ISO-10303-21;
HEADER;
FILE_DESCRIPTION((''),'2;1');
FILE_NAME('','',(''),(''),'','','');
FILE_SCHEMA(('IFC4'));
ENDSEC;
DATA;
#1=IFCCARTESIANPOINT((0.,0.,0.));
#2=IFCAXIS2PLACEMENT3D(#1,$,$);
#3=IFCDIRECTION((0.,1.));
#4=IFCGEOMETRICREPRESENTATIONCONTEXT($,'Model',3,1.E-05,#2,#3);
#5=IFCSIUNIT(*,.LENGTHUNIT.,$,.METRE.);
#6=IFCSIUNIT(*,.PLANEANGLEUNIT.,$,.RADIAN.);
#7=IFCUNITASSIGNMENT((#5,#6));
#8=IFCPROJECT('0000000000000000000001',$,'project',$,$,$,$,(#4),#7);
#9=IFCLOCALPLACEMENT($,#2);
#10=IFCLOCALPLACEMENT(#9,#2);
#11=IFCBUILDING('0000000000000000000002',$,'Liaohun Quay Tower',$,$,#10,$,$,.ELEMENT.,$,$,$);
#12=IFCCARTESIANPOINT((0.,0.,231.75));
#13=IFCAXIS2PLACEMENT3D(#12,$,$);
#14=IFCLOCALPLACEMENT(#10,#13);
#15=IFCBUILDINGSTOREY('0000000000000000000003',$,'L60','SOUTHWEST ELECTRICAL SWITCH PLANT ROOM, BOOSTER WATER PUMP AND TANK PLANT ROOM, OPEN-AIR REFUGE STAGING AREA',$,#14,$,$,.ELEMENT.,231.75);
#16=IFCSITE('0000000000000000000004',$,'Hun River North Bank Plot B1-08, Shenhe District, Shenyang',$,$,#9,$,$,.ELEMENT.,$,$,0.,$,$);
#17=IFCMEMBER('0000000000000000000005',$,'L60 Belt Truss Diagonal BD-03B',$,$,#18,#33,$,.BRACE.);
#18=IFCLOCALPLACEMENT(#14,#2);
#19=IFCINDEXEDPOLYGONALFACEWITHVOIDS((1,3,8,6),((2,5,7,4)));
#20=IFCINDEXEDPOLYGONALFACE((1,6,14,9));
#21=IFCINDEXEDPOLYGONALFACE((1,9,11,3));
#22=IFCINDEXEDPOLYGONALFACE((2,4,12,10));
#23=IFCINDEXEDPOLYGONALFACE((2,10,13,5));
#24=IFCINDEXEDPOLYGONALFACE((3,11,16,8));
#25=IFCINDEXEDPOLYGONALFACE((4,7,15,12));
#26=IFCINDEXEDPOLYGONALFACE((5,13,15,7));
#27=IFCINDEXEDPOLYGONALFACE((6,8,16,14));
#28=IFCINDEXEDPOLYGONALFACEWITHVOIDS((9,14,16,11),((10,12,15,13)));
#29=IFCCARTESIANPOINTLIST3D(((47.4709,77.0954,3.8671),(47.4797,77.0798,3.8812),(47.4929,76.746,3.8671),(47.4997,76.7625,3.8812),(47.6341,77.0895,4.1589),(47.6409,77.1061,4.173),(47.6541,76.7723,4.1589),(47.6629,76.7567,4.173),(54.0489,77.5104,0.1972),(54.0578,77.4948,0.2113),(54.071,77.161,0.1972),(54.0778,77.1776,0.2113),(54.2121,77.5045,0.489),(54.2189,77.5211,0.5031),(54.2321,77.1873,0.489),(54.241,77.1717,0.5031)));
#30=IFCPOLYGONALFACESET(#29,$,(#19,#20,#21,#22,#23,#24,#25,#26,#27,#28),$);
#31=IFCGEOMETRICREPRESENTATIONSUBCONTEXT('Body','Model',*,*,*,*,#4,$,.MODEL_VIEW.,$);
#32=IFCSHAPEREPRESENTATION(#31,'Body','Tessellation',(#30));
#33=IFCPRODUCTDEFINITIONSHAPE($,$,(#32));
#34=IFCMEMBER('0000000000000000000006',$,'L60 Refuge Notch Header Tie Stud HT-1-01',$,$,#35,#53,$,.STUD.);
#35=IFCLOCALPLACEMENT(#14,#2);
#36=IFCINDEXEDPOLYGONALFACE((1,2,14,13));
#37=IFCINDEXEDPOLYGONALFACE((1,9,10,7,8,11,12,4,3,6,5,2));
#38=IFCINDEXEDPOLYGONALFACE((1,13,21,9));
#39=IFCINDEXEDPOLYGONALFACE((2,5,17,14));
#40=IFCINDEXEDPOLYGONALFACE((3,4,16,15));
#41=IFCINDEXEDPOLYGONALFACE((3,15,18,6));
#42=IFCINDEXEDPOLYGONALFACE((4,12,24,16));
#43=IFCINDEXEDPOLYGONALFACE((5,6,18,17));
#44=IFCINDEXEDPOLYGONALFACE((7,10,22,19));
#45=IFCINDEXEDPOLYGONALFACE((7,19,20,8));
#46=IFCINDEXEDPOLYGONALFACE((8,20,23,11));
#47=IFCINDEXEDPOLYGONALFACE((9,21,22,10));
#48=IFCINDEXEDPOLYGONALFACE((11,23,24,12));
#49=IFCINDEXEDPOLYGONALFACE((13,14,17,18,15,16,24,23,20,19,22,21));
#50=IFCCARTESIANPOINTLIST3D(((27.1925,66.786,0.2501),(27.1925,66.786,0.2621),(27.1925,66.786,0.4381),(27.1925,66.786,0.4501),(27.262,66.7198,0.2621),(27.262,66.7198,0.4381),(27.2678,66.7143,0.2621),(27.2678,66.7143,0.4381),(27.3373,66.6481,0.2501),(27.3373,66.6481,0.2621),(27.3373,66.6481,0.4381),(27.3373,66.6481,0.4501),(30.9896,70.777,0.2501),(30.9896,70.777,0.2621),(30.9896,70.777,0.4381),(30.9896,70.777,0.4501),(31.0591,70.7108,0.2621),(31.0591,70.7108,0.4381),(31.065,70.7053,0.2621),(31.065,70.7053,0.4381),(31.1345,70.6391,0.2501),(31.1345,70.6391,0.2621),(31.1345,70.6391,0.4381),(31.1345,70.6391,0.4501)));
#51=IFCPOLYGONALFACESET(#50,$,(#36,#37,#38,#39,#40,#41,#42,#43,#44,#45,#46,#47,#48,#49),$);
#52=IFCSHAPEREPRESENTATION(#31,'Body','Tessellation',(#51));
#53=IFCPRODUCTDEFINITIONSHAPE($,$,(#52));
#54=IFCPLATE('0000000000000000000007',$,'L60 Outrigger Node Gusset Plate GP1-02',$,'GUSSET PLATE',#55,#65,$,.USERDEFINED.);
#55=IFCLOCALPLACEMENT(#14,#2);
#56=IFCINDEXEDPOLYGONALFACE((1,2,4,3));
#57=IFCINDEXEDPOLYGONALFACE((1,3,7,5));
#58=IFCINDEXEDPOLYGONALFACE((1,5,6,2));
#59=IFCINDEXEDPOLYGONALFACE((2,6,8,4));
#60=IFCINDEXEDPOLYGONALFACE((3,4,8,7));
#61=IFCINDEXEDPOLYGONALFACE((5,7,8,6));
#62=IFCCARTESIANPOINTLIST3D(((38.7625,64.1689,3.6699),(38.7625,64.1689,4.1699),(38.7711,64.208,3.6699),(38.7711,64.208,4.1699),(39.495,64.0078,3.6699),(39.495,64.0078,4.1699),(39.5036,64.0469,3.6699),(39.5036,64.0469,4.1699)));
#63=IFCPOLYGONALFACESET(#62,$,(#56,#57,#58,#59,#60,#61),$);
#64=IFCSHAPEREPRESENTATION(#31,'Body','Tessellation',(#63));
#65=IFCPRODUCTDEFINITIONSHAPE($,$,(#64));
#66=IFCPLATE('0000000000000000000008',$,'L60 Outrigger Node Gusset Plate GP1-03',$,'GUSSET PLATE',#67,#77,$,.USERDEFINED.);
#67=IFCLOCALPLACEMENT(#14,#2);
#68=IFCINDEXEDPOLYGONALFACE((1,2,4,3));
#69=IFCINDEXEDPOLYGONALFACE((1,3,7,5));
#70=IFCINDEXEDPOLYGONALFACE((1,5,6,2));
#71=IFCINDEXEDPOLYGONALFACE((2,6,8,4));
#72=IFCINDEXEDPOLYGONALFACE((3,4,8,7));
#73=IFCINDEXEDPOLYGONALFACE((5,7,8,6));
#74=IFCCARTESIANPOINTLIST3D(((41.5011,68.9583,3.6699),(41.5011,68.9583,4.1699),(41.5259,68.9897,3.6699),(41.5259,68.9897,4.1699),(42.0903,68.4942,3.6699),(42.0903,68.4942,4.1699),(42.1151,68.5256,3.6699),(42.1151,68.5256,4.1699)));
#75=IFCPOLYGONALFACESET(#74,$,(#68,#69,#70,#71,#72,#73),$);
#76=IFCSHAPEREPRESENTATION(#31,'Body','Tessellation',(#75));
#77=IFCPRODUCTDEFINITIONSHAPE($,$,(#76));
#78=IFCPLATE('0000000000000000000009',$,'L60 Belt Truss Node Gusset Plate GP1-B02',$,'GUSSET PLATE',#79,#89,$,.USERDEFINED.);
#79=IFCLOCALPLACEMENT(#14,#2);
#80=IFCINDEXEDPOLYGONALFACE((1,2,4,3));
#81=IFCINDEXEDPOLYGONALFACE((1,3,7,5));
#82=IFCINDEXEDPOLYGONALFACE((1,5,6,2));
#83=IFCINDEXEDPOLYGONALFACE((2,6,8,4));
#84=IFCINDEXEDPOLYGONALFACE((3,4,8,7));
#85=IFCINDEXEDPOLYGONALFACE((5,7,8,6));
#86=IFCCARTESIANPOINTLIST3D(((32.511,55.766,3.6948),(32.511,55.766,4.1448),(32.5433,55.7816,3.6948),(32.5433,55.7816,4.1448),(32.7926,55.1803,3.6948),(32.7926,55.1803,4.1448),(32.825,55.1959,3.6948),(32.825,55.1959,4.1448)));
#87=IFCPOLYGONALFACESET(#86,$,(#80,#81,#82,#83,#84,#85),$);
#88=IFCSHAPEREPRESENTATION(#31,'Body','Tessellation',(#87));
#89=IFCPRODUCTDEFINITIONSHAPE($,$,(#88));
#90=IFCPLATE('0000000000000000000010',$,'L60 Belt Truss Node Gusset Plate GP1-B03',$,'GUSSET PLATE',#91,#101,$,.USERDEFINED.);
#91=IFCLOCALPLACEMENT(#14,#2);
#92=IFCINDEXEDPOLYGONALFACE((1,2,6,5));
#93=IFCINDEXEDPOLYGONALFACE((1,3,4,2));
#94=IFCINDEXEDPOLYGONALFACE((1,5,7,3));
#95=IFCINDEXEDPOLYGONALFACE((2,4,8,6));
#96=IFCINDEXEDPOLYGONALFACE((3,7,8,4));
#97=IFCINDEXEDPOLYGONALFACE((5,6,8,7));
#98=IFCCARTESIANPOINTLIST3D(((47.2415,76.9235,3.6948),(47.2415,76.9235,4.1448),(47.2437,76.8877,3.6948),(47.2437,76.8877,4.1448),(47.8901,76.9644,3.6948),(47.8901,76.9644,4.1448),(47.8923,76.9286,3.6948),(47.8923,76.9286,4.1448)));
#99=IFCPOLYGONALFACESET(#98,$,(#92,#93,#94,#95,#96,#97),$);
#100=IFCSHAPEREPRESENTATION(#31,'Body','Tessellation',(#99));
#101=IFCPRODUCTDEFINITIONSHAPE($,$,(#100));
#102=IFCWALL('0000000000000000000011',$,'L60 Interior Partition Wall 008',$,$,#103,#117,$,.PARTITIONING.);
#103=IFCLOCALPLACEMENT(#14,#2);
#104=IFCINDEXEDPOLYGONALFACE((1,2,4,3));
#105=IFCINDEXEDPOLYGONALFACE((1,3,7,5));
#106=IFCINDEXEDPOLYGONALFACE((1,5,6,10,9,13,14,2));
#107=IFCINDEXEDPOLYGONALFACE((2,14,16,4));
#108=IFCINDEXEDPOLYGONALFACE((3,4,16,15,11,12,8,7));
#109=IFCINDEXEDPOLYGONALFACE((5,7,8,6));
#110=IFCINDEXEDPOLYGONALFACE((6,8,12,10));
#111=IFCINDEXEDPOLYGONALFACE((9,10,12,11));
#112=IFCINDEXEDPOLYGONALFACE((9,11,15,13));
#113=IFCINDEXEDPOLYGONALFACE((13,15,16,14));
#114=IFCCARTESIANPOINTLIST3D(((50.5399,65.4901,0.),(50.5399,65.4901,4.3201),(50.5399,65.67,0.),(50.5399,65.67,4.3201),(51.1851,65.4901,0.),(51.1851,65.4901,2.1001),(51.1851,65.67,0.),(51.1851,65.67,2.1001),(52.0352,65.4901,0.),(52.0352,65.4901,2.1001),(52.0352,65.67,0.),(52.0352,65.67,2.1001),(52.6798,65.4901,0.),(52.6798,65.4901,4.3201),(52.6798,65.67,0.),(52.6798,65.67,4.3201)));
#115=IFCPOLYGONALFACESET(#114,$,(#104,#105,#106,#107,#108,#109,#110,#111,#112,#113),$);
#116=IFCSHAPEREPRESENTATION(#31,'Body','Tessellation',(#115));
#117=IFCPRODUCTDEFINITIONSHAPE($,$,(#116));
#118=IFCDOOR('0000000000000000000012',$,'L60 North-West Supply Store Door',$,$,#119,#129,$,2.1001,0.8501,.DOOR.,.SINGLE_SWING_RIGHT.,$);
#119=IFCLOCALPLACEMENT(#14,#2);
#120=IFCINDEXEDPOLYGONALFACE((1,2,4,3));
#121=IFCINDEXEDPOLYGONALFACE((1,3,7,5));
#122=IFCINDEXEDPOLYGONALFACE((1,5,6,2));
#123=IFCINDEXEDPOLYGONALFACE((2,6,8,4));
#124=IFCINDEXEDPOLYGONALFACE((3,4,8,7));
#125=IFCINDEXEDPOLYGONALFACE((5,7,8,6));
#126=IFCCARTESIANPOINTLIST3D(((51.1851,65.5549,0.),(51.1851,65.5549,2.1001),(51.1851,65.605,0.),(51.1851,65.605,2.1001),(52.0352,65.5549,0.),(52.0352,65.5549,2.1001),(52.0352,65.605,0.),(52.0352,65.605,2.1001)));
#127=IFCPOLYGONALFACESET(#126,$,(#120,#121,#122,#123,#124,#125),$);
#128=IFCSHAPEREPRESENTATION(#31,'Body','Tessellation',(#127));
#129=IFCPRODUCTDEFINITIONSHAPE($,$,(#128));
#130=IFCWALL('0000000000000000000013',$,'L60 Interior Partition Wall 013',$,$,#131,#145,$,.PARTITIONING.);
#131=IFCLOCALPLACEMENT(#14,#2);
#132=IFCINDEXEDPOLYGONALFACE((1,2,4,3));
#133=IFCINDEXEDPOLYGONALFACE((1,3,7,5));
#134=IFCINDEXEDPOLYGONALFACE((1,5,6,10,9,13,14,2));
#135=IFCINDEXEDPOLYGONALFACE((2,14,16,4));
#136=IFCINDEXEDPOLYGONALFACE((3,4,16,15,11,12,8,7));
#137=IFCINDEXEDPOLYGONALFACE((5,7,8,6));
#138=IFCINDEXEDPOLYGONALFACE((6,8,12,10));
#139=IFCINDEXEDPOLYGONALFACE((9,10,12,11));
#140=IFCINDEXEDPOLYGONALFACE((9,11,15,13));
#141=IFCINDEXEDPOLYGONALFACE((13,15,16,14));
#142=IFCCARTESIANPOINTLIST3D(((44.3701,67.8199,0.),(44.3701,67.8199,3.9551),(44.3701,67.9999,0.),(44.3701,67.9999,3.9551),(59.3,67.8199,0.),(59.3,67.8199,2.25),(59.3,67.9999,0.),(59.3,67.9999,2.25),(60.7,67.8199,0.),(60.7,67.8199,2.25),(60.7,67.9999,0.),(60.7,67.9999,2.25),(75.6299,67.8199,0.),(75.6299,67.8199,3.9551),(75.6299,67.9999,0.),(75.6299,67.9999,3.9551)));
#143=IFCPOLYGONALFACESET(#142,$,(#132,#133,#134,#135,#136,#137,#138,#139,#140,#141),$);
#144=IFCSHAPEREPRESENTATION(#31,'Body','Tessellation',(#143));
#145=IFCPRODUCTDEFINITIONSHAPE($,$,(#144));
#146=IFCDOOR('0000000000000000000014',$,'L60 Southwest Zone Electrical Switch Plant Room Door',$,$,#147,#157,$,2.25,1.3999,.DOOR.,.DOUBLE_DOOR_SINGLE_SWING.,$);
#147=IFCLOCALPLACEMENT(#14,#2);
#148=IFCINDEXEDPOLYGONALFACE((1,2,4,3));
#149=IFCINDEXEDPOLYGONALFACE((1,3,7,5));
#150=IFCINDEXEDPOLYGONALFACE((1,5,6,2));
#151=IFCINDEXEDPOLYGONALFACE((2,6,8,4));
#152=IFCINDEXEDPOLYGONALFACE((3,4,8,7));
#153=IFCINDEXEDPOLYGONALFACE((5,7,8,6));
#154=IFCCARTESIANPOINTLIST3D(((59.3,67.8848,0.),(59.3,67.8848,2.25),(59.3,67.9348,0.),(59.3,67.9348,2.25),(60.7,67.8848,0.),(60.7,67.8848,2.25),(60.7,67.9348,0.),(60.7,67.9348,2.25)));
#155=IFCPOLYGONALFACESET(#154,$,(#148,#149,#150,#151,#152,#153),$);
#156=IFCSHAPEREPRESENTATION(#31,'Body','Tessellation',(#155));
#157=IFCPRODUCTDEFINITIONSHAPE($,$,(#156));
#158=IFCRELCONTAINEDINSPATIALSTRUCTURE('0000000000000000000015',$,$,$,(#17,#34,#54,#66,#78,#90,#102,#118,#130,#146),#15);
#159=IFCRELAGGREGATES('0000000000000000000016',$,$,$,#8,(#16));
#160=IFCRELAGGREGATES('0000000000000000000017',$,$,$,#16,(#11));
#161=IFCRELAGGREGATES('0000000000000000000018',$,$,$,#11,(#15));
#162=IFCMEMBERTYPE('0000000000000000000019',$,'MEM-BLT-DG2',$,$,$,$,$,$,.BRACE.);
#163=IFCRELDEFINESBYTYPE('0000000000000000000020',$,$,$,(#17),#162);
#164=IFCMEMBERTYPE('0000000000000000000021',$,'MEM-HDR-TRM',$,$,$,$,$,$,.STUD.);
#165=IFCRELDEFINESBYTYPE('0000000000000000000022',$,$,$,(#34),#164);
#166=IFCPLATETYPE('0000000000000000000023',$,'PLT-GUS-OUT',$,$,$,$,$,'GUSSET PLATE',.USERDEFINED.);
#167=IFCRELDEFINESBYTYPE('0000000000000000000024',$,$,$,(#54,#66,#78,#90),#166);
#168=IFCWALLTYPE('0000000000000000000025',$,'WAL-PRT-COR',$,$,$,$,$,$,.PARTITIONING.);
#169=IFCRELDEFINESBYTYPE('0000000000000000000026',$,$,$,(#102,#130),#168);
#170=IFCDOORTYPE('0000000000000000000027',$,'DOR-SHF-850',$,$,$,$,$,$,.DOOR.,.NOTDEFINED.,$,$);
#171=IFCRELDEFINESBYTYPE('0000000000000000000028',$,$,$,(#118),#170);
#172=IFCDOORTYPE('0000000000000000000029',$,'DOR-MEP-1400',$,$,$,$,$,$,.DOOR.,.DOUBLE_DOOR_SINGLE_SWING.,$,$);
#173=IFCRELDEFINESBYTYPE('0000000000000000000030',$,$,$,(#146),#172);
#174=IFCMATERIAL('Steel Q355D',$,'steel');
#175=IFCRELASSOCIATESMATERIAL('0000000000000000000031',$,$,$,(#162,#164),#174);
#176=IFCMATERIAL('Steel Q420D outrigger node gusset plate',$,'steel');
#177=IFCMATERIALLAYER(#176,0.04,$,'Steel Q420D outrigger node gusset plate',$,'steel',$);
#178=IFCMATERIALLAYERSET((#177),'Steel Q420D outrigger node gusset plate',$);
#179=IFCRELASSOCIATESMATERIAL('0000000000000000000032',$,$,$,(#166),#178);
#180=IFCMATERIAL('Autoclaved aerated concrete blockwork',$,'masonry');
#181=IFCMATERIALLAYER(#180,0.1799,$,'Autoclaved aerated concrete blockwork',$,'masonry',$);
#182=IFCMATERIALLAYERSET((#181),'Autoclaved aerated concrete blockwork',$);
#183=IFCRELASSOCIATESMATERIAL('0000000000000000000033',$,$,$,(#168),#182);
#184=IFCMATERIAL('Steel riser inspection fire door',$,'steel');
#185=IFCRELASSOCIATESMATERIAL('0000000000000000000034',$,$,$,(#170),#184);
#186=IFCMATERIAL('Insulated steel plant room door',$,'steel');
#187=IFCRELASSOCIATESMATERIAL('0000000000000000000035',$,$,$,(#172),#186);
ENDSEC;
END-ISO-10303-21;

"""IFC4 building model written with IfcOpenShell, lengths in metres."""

from ifc_helpers import new_model, si_unit, direction, frame, frame_2d, origin, origin_2d, place, context, subcontext, project, spatial, rectangle, hollow_rectangle, i_section, extrude, source, transform, mapped, material, layer, layer_set, material_profile, profile_set, type_object, element, fill, save


model = new_model("IFC4")

# Units and contexts
model_context = context("Model", 3, precision=1e-05, world=origin(), true_north=direction((0.0, 1.0)))
body_context = subcontext(model_context, "Body", "Model", "MODEL_VIEW")
ifc_project = project(units=[si_unit("LENGTHUNIT", "METRE"), si_unit("PLANEANGLEUNIT", "RADIAN")], contexts=[model_context])

# Site, building, storey
site_placement = place(None, origin())
site = spatial("IfcSite", under=ifc_project, at=site_placement, Name="Hun River North Bank Plot B1-08, Shenhe District, Shenyang", CompositionType="ELEMENT", RefElevation=0.0)
building_placement = place(site_placement, origin())
building = spatial("IfcBuilding", under=site, at=building_placement, Name="Liaohun Quay Tower", CompositionType="ELEMENT")
storey_placement = place(building_placement, frame((0.0, 0.0, 231.75)))
storey = spatial("IfcBuildingStorey", under=building, at=storey_placement, Name="L60", Description="SOUTHWEST ELECTRICAL SWITCH PLANT ROOM, BOOSTER WATER PUMP AND TANK PLANT ROOM, OPEN-AIR REFUGE STAGING AREA", CompositionType="ELEMENT", Elevation=231.75)

# Shared definitions
ifc_material_1 = material(Name="Steel Q355D", Category="steel")

# Members
ifc_material_profile_1 = material_profile(ifc_material_1, hollow_rectangle(XDim=0.3501, YDim=0.3501, WallThickness=0.0161, at=origin_2d()), Name="SHS350x350x16")
ifc_profile_set_1 = profile_set([ifc_material_profile_1], Name="Steel Q355D")
member_type_1 = type_object("IfcMemberType", Name="MEM-BLT-DG2", PredefinedType="BRACE", material=ifc_profile_set_1)
shared_shape_1 = source(origin(), body_context, "Body", "SweptSolid", [
    extrude(hollow_rectangle(XDim=0.3501, YDim=0.3501, WallThickness=0.0161, at=origin_2d()), origin(), (0.0, 0.0, 1.0), 7.5439),
])
member_1_placement = place(storey_placement, frame((47.5669, 76.926, 4.02), z_axis=(0.871965, 0.055016, -0.486467), x_axis=(-0.062969, 0.998016, 0.0)))
element("IfcMember", 1, at=member_1_placement, inside=storey, type_object=member_type_1, Name="L60 Belt Truss Diagonal BD-03B", PredefinedType="BRACE", context=body_context, shape_type="MappedRepresentation", body=[
    mapped(shared_shape_1, transform((0.0, 0.0, 0.0), x_axis=(1.0, 0.0, 0.0), y_axis=(0.0, 1.0, 0.0), z_axis=(0.0, 0.0, 1.0), scale=1.0)),
])
ifc_material_profile_2 = material_profile(ifc_material_1, i_section(OverallWidth=0.2, OverallDepth=0.2, WebThickness=0.0081, FlangeThickness=0.012, at=origin_2d()), Name="HW200x200x8x12")
ifc_profile_set_2 = profile_set([ifc_material_profile_2], Name="Steel Q355D")
member_type_2 = type_object("IfcMemberType", Name="MEM-HDR-TRM", PredefinedType="STUD", material=ifc_profile_set_2)
shared_shape_2 = source(origin(), body_context, "Body", "SweptSolid", [
    extrude(i_section(OverallWidth=0.2, OverallDepth=0.2, WebThickness=0.0081, FlangeThickness=0.012, at=origin_2d()), origin(), (0.0, 0.0, 1.0), 5.5088),
])
member_2_placement = place(storey_placement, frame((27.2649, 66.717, 0.3501), z_axis=(0.689293, 0.724482, 0.0), x_axis=(-0.724482, 0.689293, 0.0)))
element("IfcMember", 2, at=member_2_placement, inside=storey, type_object=member_type_2, Name="L60 Refuge Notch Header Tie Stud HT-1-01", PredefinedType="STUD", context=body_context, shape_type="MappedRepresentation", body=[
    mapped(shared_shape_2, transform((0.0, 0.0, 0.0), x_axis=(1.0, 0.0, 0.0), y_axis=(0.0, 1.0, 0.0), z_axis=(0.0, 0.0, 1.0), scale=1.0)),
])

# Plates
ifc_material_2 = material(Name="Steel Q420D outrigger node gusset plate", Category="steel")
ifc_layer_1 = layer(ifc_material_2, 0.04, Name="Steel Q420D outrigger node gusset plate", Category="steel")
ifc_layer_set_1 = layer_set([ifc_layer_1], Name="Steel Q420D outrigger node gusset plate")
plate_type = type_object("IfcPlateType", Name="PLT-GUS-OUT", ElementType="GUSSET PLATE", PredefinedType="USERDEFINED", material=ifc_layer_set_1)
shared_shape_3 = source(origin(), body_context, "Body", "SweptSolid", [
    extrude(rectangle(XDim=0.75, YDim=0.04, at=origin_2d()), origin(), (0.0, 0.0, 1.0), 0.5),
])
for number, where, z_axis, x_axis, name in (
    (3, (39.1331, 64.1079, 3.6699), (0.0, 0.0, 1.0), (-0.976672, 0.214735, 0.0), "L60 Outrigger Node Gusset Plate GP1-02"),
    (4, (41.8081, 68.7419, 3.6699), (0.0, 0.0, 1.0), (-0.785533, 0.61882, 0.0), "L60 Outrigger Node Gusset Plate GP1-03"),
):
    element("IfcPlate", number, at=place(storey_placement, frame(where, z_axis=z_axis, x_axis=x_axis)), inside=storey, type_object=plate_type, Name=name, ObjectType="GUSSET PLATE", PredefinedType="USERDEFINED", context=body_context, shape_type="MappedRepresentation", body=[
        mapped(shared_shape_3, transform((0.0, 0.0, 0.0), x_axis=(1.0, 0.0, 0.0), y_axis=(0.0, 1.0, 0.0), z_axis=(0.0, 0.0, 1.0), scale=1.0)),
    ])
shared_shape_4 = source(origin(), body_context, "Body", "SweptSolid", [
    extrude(rectangle(XDim=0.6499, YDim=0.0359, at=origin_2d()), origin(), (0.0, 0.0, 1.0), 0.45),
])
for number, where, z_axis, x_axis, name in (
    (5, (32.668, 55.481, 3.6948), (0.0, 0.0, 1.0), (-0.433345, 0.901228, 0.0), "L60 Belt Truss Node Gusset Plate GP1-B02"),
    (6, (47.5669, 76.926, 3.6948), (0.0, 0.0, 1.0), (0.998016, 0.062965, 0.0), "L60 Belt Truss Node Gusset Plate GP1-B03"),
):
    element("IfcPlate", number, at=place(storey_placement, frame(where, z_axis=z_axis, x_axis=x_axis)), inside=storey, type_object=plate_type, Name=name, ObjectType="GUSSET PLATE", PredefinedType="USERDEFINED", context=body_context, shape_type="MappedRepresentation", body=[
        mapped(shared_shape_4, transform((0.0, 0.0, 0.0), x_axis=(1.0, 0.0, 0.0), y_axis=(0.0, 1.0, 0.0), z_axis=(0.0, 0.0, 1.0), scale=1.0)),
    ])

# Walls, openings, doors
ifc_material_3 = material(Name="Autoclaved aerated concrete blockwork", Category="masonry")
ifc_layer_2 = layer(ifc_material_3, 0.1799, Name="Autoclaved aerated concrete blockwork", Category="masonry")
ifc_layer_set_2 = layer_set([ifc_layer_2], Name="Autoclaved aerated concrete blockwork")
wall_type_1 = type_object("IfcWallType", Name="WAL-PRT-COR", PredefinedType="PARTITIONING", material=ifc_layer_set_2)
wall_1_placement = place(storey_placement, frame((50.54, 65.5801, 0.0), z_axis=(0.0, 0.0, 1.0), x_axis=(1.0, 0.0, 0.0)))
wall_1 = element("IfcWall", 7, at=wall_1_placement, inside=storey, type_object=wall_type_1, Name="L60 Interior Partition Wall 008", PredefinedType="PARTITIONING", context=body_context, shape_type="SweptSolid", body=[
    extrude(rectangle(XDim=2.1399, YDim=0.1799, at=frame_2d((1.0698, 0.0))), origin(), (0.0, 0.0, 1.0), 4.3201),
])
shared_shape_5 = source(origin(), body_context, "Body", "SweptSolid", [
    extrude(rectangle(XDim=0.8501, YDim=2.1001, at=frame_2d((0.425, 1.05))), frame((0.0, 0.0999, 0.0), z_axis=(0.0, -1.0, 0.0), x_axis=(1.0, 0.0, 0.0)), (0.0, 0.0, 1.0), 0.2),
])
opening_1_placement = place(wall_1_placement, frame((0.645, 0.0, 0.0)))
opening_1 = element("IfcOpeningElement", 8, at=opening_1_placement, cuts=wall_1, PredefinedType="OPENING", context=body_context, shape_type="MappedRepresentation", body=[
    mapped(shared_shape_5, transform((0.0, 0.0, 0.0), x_axis=(1.0, 0.0, 0.0), y_axis=(0.0, 1.0, 0.0), z_axis=(0.0, 0.0, 1.0), scale=1.0)),
])
ifc_material_4 = material(Name="Steel riser inspection fire door", Category="steel")
door_type_1 = type_object("IfcDoorType", Name="DOR-SHF-850", OperationType="NOTDEFINED", PredefinedType="DOOR", material=ifc_material_4)
shared_shape_6 = source(origin(), body_context, "Body", "SweptSolid", [
    extrude(rectangle(XDim=0.8501, YDim=2.1001, at=frame_2d((0.425, 1.05))), frame((0.0, 0.0249, 0.0), z_axis=(0.0, -1.0, 0.0), x_axis=(1.0, 0.0, 0.0)), (0.0, 0.0, 1.0), 0.05),
])
door_1_placement = place(opening_1_placement, origin())
door_1 = element("IfcDoor", 9, at=door_1_placement, inside=storey, type_object=door_type_1, Name="L60 North-West Supply Store Door", OperationType="SINGLE_SWING_RIGHT", OverallHeight=2.1001, OverallWidth=0.8501, PredefinedType="DOOR", context=body_context, shape_type="MappedRepresentation", body=[
    mapped(shared_shape_6, transform((0.0, 0.0, 0.0), x_axis=(1.0, 0.0, 0.0), y_axis=(0.0, 1.0, 0.0), z_axis=(0.0, 0.0, 1.0), scale=1.0)),
])
fill(opening_1, door_1)
wall_2_placement = place(storey_placement, frame((44.3701, 67.9099, 0.0), z_axis=(0.0, 0.0, 1.0), x_axis=(1.0, 0.0, 0.0)))
wall_2 = element("IfcWall", 10, at=wall_2_placement, inside=storey, type_object=wall_type_1, Name="L60 Interior Partition Wall 013", PredefinedType="PARTITIONING", context=body_context, shape_type="SweptSolid", body=[
    extrude(rectangle(XDim=31.2598, YDim=0.1799, at=frame_2d((15.6299, 0.0))), origin(), (0.0, 0.0, 1.0), 3.9551),
])
shared_shape_7 = source(origin(), body_context, "Body", "SweptSolid", [
    extrude(rectangle(XDim=1.3999, YDim=2.25, at=frame_2d((0.7, 1.125))), frame((0.0, 0.0999, 0.0), z_axis=(0.0, -1.0, 0.0), x_axis=(1.0, 0.0, 0.0)), (0.0, 0.0, 1.0), 0.2),
])
opening_2_placement = place(wall_2_placement, frame((14.9299, 0.0, 0.0)))
opening_2 = element("IfcOpeningElement", 11, at=opening_2_placement, cuts=wall_2, PredefinedType="OPENING", context=body_context, shape_type="MappedRepresentation", body=[
    mapped(shared_shape_7, transform((0.0, 0.0, 0.0), x_axis=(1.0, 0.0, 0.0), y_axis=(0.0, 1.0, 0.0), z_axis=(0.0, 0.0, 1.0), scale=1.0)),
])
ifc_material_5 = material(Name="Insulated steel plant room door", Category="steel")
door_type_2 = type_object("IfcDoorType", Name="DOR-MEP-1400", OperationType="DOUBLE_DOOR_SINGLE_SWING", PredefinedType="DOOR", material=ifc_material_5)
shared_shape_8 = source(origin(), body_context, "Body", "SweptSolid", [
    extrude(rectangle(XDim=1.3999, YDim=2.25, at=frame_2d((0.7, 1.125))), frame((0.0, 0.0249, 0.0), z_axis=(0.0, -1.0, 0.0), x_axis=(1.0, 0.0, 0.0)), (0.0, 0.0, 1.0), 0.05),
])
door_2_placement = place(opening_2_placement, origin())
door_2 = element("IfcDoor", 12, at=door_2_placement, inside=storey, type_object=door_type_2, Name="L60 Southwest Zone Electrical Switch Plant Room Door", OperationType="DOUBLE_DOOR_SINGLE_SWING", OverallHeight=2.25, OverallWidth=1.3999, PredefinedType="DOOR", context=body_context, shape_type="MappedRepresentation", body=[
    mapped(shared_shape_8, transform((0.0, 0.0, 0.0), x_axis=(1.0, 0.0, 0.0), y_axis=(0.0, 1.0, 0.0), z_axis=(0.0, 0.0, 1.0), scale=1.0)),
])
fill(opening_2, door_2)

save(model, "model.ifc")
